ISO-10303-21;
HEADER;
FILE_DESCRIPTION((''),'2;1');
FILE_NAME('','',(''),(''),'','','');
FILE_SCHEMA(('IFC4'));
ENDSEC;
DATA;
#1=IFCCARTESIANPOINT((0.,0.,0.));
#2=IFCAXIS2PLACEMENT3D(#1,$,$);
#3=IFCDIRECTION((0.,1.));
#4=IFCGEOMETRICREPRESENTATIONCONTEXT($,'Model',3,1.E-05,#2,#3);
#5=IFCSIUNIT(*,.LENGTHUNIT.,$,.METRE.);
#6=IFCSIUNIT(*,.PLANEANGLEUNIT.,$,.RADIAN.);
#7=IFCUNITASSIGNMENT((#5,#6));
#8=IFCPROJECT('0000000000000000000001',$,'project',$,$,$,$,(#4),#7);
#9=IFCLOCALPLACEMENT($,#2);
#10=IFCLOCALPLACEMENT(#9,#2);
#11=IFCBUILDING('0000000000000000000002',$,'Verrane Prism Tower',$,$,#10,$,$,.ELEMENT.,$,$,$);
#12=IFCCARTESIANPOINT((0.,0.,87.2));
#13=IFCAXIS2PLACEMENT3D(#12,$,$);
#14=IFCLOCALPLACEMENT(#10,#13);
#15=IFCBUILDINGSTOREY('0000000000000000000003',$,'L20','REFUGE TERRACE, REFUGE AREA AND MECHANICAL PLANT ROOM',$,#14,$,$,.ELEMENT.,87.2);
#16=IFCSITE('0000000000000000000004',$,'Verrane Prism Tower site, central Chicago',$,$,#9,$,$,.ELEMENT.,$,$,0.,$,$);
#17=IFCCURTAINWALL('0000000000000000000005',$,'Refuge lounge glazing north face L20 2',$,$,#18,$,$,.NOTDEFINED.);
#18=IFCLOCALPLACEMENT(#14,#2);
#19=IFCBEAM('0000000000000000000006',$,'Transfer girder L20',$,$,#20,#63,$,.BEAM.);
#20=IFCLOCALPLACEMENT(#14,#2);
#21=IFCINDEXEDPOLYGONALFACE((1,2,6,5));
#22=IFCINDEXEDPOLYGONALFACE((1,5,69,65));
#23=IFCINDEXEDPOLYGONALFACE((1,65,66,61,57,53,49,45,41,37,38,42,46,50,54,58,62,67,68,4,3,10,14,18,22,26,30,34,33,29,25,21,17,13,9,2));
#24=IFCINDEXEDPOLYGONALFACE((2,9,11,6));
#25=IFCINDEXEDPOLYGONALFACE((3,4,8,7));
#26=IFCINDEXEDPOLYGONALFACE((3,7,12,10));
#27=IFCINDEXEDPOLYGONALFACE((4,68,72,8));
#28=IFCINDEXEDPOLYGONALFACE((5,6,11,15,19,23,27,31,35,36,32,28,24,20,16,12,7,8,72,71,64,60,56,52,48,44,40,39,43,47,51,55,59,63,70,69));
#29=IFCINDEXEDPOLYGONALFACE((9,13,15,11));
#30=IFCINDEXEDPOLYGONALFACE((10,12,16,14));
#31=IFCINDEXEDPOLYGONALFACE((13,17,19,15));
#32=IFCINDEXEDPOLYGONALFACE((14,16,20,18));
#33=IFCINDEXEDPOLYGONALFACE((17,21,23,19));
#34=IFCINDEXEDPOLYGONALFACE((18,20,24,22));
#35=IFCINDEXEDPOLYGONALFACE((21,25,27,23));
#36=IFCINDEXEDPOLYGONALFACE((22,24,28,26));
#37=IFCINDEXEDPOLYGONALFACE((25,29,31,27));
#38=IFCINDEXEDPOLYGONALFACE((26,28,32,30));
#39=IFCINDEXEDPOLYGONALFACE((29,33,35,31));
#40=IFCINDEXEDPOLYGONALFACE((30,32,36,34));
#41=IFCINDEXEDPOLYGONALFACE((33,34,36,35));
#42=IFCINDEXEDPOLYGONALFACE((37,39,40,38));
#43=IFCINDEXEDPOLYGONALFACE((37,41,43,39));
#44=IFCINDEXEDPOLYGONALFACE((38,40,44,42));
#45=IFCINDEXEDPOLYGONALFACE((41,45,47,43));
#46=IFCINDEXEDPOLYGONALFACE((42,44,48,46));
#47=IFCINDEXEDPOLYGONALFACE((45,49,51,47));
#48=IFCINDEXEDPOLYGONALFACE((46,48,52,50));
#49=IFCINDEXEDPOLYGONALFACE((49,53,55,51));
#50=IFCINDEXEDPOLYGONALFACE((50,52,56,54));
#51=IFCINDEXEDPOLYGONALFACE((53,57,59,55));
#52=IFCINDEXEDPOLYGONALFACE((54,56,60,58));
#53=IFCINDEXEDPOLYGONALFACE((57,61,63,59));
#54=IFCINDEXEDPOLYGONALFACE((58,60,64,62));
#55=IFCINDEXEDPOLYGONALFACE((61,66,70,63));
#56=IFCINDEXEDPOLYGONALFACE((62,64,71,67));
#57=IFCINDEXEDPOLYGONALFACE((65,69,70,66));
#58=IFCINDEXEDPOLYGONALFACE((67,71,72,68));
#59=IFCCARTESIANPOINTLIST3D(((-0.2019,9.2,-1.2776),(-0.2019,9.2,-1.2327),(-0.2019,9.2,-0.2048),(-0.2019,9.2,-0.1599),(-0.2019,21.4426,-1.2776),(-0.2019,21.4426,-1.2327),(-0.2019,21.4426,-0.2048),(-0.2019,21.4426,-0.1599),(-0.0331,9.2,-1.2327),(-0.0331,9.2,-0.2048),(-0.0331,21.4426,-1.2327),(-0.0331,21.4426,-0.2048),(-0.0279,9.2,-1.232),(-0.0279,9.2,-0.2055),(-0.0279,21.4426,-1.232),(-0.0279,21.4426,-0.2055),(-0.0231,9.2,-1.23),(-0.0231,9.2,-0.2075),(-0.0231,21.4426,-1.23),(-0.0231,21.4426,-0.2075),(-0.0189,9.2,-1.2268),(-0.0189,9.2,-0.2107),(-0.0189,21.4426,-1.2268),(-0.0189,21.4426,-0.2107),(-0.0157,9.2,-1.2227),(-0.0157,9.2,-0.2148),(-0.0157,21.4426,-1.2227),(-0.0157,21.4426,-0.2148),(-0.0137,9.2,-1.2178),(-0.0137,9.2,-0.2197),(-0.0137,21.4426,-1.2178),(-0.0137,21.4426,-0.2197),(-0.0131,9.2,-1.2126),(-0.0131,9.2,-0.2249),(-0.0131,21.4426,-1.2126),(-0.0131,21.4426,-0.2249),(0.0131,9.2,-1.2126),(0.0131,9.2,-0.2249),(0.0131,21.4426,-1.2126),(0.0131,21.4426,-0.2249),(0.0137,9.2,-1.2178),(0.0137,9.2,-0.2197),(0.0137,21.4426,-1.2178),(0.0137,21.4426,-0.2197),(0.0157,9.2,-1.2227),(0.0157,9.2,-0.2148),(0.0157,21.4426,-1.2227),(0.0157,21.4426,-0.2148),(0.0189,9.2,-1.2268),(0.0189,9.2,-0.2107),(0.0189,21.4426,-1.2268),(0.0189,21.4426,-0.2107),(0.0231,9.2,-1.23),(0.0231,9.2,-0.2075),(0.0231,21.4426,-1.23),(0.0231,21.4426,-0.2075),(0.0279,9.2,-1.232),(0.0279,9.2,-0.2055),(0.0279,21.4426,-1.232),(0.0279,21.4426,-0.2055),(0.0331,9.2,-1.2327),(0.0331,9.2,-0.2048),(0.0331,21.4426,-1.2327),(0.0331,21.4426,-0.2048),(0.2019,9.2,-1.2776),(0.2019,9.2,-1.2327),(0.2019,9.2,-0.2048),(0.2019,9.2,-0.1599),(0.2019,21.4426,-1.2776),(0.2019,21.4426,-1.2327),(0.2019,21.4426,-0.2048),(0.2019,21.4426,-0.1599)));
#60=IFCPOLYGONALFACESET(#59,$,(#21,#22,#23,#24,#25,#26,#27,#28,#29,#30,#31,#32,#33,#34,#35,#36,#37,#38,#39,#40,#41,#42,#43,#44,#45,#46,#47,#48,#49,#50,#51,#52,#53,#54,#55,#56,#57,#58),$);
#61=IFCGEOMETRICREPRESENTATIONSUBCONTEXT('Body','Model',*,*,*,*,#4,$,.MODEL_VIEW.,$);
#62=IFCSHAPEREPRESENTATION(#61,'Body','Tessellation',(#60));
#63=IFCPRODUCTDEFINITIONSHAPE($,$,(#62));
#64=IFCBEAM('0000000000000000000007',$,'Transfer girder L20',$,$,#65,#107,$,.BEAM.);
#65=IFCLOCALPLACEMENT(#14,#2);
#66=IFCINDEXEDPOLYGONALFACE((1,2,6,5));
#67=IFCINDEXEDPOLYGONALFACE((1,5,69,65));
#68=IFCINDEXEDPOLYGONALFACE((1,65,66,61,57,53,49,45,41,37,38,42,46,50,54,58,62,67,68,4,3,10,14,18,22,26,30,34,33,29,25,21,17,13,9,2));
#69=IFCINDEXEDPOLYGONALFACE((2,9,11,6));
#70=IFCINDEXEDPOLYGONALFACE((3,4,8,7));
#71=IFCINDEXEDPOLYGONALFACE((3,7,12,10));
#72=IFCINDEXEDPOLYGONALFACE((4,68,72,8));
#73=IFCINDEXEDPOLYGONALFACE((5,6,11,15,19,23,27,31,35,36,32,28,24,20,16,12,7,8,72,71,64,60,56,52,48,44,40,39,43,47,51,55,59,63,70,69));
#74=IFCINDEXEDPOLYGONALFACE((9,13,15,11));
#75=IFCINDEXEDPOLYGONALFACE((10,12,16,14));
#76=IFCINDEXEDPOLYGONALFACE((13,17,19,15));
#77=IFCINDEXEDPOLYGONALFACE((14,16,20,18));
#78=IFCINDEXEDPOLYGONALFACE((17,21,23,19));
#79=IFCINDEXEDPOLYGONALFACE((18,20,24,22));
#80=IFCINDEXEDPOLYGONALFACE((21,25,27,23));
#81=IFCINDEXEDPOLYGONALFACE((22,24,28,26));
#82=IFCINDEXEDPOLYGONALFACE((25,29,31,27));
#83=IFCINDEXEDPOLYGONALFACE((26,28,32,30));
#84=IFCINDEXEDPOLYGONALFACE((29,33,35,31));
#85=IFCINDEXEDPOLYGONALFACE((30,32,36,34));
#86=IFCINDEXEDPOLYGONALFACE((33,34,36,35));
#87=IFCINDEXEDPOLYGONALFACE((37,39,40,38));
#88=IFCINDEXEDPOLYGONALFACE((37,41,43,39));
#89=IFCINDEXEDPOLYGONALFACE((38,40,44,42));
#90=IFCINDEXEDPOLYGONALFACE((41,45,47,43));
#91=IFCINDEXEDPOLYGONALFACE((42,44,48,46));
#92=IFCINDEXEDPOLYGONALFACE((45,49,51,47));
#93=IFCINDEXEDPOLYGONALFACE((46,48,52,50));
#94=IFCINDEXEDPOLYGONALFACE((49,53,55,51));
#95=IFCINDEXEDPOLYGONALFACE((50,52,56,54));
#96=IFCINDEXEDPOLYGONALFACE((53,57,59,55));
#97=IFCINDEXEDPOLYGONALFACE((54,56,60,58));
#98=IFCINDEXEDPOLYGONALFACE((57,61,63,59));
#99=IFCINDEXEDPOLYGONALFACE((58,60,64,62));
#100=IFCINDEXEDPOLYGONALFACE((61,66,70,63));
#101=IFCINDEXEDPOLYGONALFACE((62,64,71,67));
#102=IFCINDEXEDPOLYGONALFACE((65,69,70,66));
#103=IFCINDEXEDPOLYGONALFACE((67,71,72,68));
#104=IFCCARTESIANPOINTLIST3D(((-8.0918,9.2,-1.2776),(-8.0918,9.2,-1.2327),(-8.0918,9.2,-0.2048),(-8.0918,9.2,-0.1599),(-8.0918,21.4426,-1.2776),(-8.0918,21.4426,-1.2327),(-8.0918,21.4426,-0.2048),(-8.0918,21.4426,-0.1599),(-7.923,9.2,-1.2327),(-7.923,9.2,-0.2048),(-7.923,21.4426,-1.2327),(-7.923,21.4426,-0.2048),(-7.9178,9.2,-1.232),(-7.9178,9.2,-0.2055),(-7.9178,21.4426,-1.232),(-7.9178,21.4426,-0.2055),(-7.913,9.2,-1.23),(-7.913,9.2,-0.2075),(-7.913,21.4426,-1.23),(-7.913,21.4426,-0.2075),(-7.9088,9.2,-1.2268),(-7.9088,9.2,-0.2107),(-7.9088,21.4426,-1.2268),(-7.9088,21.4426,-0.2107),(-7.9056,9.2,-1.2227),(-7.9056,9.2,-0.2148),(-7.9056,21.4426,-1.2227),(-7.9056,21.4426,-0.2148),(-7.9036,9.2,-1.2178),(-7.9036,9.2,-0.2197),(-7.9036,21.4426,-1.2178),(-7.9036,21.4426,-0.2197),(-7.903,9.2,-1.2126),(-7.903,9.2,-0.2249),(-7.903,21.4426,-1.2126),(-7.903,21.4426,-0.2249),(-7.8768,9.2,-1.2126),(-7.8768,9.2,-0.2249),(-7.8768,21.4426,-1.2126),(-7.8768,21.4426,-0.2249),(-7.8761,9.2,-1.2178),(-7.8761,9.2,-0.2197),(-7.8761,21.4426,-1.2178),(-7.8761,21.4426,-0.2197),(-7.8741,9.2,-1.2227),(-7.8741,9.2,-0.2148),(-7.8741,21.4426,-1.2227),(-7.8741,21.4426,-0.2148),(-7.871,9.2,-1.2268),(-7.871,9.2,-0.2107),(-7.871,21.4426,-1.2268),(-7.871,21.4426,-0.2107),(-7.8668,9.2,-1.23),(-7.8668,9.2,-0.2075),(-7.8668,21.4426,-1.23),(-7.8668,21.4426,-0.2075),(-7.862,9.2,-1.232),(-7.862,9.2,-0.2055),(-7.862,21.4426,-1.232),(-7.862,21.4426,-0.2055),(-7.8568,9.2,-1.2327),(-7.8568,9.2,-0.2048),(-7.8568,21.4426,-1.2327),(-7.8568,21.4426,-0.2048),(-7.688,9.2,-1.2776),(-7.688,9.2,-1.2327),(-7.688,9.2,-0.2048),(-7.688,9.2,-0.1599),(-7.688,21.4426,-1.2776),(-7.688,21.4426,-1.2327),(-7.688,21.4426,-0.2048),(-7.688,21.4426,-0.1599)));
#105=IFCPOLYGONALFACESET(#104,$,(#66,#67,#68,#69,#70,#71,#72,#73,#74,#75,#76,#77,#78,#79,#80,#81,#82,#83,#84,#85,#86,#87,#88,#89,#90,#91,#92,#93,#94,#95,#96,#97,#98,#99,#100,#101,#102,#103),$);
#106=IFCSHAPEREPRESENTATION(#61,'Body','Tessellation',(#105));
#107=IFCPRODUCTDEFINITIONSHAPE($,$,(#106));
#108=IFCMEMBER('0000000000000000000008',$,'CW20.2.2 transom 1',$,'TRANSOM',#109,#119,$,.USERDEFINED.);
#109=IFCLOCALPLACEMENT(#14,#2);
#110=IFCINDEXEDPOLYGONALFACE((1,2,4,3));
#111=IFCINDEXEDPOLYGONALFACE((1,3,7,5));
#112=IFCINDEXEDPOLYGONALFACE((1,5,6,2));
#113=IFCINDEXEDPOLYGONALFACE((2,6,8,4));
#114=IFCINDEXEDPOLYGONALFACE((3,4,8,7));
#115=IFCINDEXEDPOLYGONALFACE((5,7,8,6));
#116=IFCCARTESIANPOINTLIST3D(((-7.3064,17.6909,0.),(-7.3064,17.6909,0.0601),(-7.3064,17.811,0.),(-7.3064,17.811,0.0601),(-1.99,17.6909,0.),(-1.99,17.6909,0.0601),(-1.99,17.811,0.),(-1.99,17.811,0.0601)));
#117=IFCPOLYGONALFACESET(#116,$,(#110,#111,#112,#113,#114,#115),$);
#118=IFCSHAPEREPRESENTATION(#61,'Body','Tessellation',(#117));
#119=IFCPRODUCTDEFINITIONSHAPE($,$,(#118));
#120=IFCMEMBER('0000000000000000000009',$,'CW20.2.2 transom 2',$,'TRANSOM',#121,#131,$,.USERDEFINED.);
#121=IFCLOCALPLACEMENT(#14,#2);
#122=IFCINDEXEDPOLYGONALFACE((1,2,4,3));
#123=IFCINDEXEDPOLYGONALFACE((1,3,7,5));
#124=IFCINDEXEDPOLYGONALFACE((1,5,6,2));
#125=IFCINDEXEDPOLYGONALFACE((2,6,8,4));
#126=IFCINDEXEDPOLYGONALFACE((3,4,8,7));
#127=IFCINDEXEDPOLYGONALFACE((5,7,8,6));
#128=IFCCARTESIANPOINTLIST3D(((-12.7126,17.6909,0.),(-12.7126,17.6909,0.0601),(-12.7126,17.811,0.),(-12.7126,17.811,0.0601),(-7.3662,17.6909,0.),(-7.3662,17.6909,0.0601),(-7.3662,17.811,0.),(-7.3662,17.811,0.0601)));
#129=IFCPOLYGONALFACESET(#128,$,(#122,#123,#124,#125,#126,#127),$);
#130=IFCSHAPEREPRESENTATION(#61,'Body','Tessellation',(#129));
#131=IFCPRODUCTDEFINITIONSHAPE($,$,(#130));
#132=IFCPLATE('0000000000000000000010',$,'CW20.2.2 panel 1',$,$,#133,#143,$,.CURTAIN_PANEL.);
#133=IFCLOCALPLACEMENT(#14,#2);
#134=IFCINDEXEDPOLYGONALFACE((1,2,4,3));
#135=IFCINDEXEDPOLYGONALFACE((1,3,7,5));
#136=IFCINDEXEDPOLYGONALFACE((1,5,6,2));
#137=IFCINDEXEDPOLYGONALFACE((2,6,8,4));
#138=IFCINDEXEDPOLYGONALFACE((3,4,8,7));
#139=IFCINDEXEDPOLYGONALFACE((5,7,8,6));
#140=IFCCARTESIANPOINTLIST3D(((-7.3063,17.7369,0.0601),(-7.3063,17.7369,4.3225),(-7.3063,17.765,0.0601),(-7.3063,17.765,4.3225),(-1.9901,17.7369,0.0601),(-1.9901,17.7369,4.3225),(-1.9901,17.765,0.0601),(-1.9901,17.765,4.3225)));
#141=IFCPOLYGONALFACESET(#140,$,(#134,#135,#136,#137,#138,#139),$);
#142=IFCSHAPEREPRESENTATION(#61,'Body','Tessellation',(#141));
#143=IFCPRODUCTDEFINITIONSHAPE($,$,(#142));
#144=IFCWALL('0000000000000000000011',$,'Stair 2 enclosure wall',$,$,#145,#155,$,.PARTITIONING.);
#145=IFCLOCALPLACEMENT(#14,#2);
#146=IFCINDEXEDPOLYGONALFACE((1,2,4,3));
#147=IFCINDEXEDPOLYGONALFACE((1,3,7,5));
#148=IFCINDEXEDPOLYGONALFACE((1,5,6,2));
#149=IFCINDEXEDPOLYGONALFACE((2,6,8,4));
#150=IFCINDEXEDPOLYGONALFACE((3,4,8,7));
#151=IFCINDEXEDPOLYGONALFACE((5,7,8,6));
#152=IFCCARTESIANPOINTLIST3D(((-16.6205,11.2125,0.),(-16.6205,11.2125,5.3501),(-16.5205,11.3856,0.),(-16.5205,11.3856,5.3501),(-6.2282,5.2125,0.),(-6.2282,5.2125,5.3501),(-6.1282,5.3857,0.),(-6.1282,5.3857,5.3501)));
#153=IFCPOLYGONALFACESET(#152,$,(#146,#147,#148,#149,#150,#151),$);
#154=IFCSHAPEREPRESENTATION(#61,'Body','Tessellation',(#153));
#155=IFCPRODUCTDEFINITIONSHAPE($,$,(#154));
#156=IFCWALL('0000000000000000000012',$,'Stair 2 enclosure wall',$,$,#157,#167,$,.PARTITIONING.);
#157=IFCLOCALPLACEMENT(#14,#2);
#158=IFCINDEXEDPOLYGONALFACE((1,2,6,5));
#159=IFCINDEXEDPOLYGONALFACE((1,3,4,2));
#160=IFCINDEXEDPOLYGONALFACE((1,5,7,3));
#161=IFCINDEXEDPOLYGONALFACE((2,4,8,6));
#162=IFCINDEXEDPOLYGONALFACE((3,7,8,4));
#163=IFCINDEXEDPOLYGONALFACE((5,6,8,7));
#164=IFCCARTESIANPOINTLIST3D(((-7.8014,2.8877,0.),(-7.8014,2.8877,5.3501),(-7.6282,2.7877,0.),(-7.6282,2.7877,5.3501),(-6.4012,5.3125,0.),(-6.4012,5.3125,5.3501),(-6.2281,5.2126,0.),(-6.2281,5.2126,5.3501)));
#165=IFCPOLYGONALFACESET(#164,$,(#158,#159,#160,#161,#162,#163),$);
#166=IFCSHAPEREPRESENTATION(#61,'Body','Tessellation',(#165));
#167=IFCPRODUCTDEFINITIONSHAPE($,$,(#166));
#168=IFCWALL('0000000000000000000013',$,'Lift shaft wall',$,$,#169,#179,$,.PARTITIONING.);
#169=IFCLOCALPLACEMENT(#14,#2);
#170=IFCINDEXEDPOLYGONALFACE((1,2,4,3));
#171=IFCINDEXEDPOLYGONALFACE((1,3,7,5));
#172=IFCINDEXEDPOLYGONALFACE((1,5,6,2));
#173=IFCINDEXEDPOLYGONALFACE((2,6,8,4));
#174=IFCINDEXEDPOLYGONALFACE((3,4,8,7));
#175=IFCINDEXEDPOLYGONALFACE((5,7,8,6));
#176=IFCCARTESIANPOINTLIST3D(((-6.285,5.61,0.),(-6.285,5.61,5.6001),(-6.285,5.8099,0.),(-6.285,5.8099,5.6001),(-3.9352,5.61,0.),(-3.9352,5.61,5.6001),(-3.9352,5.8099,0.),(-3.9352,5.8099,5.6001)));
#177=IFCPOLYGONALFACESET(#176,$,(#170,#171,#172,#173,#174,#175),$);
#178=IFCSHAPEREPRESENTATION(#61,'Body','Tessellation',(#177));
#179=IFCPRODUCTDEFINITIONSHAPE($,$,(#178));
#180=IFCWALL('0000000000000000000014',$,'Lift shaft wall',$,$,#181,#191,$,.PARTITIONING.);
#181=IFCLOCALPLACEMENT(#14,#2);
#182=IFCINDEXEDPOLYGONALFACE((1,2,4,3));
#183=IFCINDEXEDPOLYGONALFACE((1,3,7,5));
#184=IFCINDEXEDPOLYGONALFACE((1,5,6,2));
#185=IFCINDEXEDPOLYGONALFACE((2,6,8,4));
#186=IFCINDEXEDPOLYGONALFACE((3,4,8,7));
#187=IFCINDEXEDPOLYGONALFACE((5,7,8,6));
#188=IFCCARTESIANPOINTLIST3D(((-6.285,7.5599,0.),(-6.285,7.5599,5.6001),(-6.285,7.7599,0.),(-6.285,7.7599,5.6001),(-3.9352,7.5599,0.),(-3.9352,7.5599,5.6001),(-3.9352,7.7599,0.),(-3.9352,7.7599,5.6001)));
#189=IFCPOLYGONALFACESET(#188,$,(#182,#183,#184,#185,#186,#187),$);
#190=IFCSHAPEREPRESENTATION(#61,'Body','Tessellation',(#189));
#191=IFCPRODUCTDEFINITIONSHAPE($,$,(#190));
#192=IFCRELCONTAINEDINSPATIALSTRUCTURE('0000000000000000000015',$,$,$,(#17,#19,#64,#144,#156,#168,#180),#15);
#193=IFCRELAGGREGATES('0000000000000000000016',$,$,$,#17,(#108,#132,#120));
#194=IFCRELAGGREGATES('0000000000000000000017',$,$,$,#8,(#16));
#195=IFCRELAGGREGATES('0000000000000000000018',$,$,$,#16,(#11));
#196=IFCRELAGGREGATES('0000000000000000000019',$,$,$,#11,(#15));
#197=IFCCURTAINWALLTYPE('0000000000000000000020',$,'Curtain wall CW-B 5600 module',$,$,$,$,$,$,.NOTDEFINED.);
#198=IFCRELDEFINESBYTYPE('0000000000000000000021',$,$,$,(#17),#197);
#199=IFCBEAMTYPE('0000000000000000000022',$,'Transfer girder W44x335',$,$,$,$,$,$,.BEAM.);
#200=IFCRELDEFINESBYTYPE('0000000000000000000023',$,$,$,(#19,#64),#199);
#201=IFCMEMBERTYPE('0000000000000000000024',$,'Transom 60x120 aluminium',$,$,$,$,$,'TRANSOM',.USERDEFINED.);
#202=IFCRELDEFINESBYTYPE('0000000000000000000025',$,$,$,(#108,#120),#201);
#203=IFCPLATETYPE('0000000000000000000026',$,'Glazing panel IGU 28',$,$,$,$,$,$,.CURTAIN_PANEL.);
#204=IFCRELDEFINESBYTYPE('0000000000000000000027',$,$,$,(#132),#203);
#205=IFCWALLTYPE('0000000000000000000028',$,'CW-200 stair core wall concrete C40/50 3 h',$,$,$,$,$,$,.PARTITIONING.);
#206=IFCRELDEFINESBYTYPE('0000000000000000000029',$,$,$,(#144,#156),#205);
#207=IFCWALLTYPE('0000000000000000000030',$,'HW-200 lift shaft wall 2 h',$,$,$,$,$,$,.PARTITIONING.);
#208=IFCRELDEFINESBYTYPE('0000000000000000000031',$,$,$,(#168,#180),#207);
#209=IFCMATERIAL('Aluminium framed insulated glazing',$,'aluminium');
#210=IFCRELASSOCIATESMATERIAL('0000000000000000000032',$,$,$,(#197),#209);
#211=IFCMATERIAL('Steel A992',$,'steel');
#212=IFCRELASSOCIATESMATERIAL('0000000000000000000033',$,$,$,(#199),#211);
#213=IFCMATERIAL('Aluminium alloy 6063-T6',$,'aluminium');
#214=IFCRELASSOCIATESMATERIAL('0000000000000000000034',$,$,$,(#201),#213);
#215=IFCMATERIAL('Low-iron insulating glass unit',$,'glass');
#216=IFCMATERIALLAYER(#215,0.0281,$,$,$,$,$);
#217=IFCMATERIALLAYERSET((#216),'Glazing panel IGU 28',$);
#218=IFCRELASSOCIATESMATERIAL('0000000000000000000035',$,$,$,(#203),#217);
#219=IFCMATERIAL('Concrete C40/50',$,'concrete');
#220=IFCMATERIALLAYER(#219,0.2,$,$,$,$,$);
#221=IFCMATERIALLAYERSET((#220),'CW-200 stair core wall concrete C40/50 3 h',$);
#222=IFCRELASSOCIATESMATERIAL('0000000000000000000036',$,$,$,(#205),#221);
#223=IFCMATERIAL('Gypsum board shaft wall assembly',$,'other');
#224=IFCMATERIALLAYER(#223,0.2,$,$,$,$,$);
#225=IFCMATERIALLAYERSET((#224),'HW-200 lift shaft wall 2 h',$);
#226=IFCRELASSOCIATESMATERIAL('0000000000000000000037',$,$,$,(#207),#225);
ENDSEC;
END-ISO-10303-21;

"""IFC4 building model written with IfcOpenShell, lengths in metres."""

from ifc_helpers import new_model, si_unit, direction, frame, frame_2d, origin, origin_2d, place, context, subcontext, project, spatial, rectangle, i_section, extrude, material, layer, layer_set, material_profile, profile_set, type_object, element, aggregate, save


model = new_model("IFC4")

# Units and contexts
model_context = context("Model", 3, precision=1e-05, world=origin(), true_north=direction((0.0, 1.0)))
body_context = subcontext(model_context, "Body", "Model", "MODEL_VIEW")
ifc_project = project(units=[si_unit("LENGTHUNIT", "METRE"), si_unit("PLANEANGLEUNIT", "RADIAN")], contexts=[model_context])

# Site, building, storey
site_placement = place(None, origin())
site = spatial("IfcSite", under=ifc_project, at=site_placement, Name="Verrane Prism Tower site, central Chicago", CompositionType="ELEMENT", RefElevation=0.0)
building_placement = place(site_placement, origin())
building = spatial("IfcBuilding", under=site, at=building_placement, Name="Verrane Prism Tower", CompositionType="ELEMENT")
storey_placement = place(building_placement, frame((0.0, 0.0, 87.2)))
storey = spatial("IfcBuildingStorey", under=building, at=storey_placement, Name="L20", Description="REFUGE TERRACE, REFUGE AREA AND MECHANICAL PLANT ROOM", CompositionType="ELEMENT", Elevation=87.2)

# Curtain wall
ifc_material_1 = material(Name="Aluminium framed insulated glazing", Category="aluminium")
curtain_wall_type = type_object("IfcCurtainWallType", Name="Curtain wall CW-B 5600 module", PredefinedType="NOTDEFINED", material=ifc_material_1)
curtain_wall_placement = place(storey_placement, origin())
curtain_wall = element("IfcCurtainWall", 1, at=curtain_wall_placement, inside=storey, type_object=curtain_wall_type, Name="Refuge lounge glazing north face L20 2", PredefinedType="NOTDEFINED")

# Beams
ifc_material_2 = material(Name="Steel A992", Category="steel")
ifc_material_profile_1 = material_profile(ifc_material_2, i_section(OverallWidth=0.4038, OverallDepth=1.1177, WebThickness=0.0261, FlangeThickness=0.0449, FilletRadius=0.02, at=origin_2d()), Name="W44x335")
ifc_profile_set_1 = profile_set([ifc_material_profile_1], Name="Steel A992")
beam_type_1 = type_object("IfcBeamType", Name="Transfer girder W44x335", PredefinedType="BEAM", material=ifc_profile_set_1)
for number, where, z_axis, x_axis, name in (
    (2, (0.0, 21.4426, -0.7188), (0.0, -1.0, 0.0), (1.0, 0.0, 0.0), "Transfer girder L20"),
    (3, (-7.8899, 21.4426, -0.7188), (0.0, -1.0, 0.0), (1.0, 0.0, 0.0), "Transfer girder L20"),
):
    element("IfcBeam", number, at=place(storey_placement, frame(where, z_axis=z_axis, x_axis=x_axis)), inside=storey, type_object=beam_type_1, Name=name, PredefinedType="BEAM", context=body_context, shape_type="SweptSolid", body=[
        extrude(i_section(OverallWidth=0.4038, OverallDepth=1.1177, WebThickness=0.0261, FlangeThickness=0.0449, FilletRadius=0.02, at=origin_2d()), origin(), (0.0, 0.0, 1.0), 12.2427),
    ])

# Members
ifc_material_3 = material(Name="Aluminium alloy 6063-T6", Category="aluminium")
ifc_material_profile_2 = material_profile(ifc_material_3, rectangle(XDim=0.1201, YDim=0.0601, at=origin_2d()), Name="Transom 60x120 aluminium")
ifc_profile_set_2 = profile_set([ifc_material_profile_2], Name="Aluminium alloy 6063-T6")
member_type_1 = type_object("IfcMemberType", Name="Transom 60x120 aluminium", ElementType="TRANSOM", PredefinedType="USERDEFINED", material=ifc_profile_set_2)
member_1_placement = place(storey_placement, frame((-1.99, 17.751, 0.03), z_axis=(-1.0, 0.0, 0.0), x_axis=(0.0, -1.0, 0.0)))
member_1 = element("IfcMember", 4, at=member_1_placement, type_object=member_type_1, Name="CW20.2.2 transom 1", ObjectType="TRANSOM", PredefinedType="USERDEFINED", context=body_context, shape_type="SweptSolid", body=[
    extrude(rectangle(XDim=0.1201, YDim=0.0601, at=origin_2d()), origin(), (0.0, 0.0, 1.0), 5.3164),
])
member_2_placement = place(storey_placement, frame((-7.3662, 17.751, 0.03), z_axis=(-1.0, 0.0, 0.0), x_axis=(0.0, -1.0, 0.0)))
member_2 = element("IfcMember", 5, at=member_2_placement, type_object=member_type_1, Name="CW20.2.2 transom 2", ObjectType="TRANSOM", PredefinedType="USERDEFINED", context=body_context, shape_type="SweptSolid", body=[
    extrude(rectangle(XDim=0.1201, YDim=0.0601, at=origin_2d()), origin(), (0.0, 0.0, 1.0), 5.3464),
])

# Plate
ifc_material_4 = material(Name="Low-iron insulating glass unit", Category="glass")
ifc_layer_1 = layer(ifc_material_4, 0.0281)
ifc_layer_set_1 = layer_set([ifc_layer_1], Name="Glazing panel IGU 28")
plate_type = type_object("IfcPlateType", Name="Glazing panel IGU 28", PredefinedType="CURTAIN_PANEL", material=ifc_layer_set_1)
plate_placement = place(storey_placement, frame((-4.6482, 17.751, 0.0601), z_axis=(0.0, 0.0, 1.0), x_axis=(-1.0, 0.0, 0.0)))
plate = element("IfcPlate", 6, at=plate_placement, type_object=plate_type, Name="CW20.2.2 panel 1", PredefinedType="CURTAIN_PANEL", context=body_context, shape_type="SweptSolid", body=[
    extrude(rectangle(XDim=5.3162, YDim=0.0281, at=origin_2d()), origin(), (0.0, 0.0, 1.0), 4.2625),
])
aggregate(curtain_wall, [member_1, plate, member_2])

# Walls
ifc_material_5 = material(Name="Concrete C40/50", Category="concrete")
ifc_layer_2 = layer(ifc_material_5, 0.2)
ifc_layer_set_2 = layer_set([ifc_layer_2], Name="CW-200 stair core wall concrete C40/50 3 h")
wall_type_1 = type_object("IfcWallType", Name="CW-200 stair core wall concrete C40/50 3 h", PredefinedType="PARTITIONING", material=ifc_layer_set_2)
wall_1_placement = place(storey_placement, frame((-6.1782, 5.2991, 0.0), z_axis=(0.0, 0.0, 1.0), x_axis=(-0.866026, 0.499999, 0.0)))
element("IfcWall", 7, at=wall_1_placement, inside=storey, type_object=wall_type_1, Name="Stair 2 enclosure wall", PredefinedType="PARTITIONING", context=body_context, shape_type="SweptSolid", body=[
    extrude(rectangle(XDim=12.0, YDim=0.2, at=frame_2d((6.0, 0.0))), origin(), (0.0, 0.0, 1.0), 5.3501),
])
wall_2_placement = place(storey_placement, frame((-6.3147, 5.2625, 0.0), z_axis=(0.0, 0.0, 1.0), x_axis=(-0.50005, -0.865997, 0.0)))
element("IfcWall", 8, at=wall_2_placement, inside=storey, type_object=wall_type_1, Name="Stair 2 enclosure wall", PredefinedType="PARTITIONING", context=body_context, shape_type="SweptSolid", body=[
    extrude(rectangle(XDim=2.8, YDim=0.2, at=frame_2d((1.3999, 0.0))), origin(), (0.0, 0.0, 1.0), 5.3501),
])
ifc_material_6 = material(Name="Gypsum board shaft wall assembly", Category="other")
ifc_layer_3 = layer(ifc_material_6, 0.2)
ifc_layer_set_3 = layer_set([ifc_layer_3], Name="HW-200 lift shaft wall 2 h")
wall_type_2 = type_object("IfcWallType", Name="HW-200 lift shaft wall 2 h", PredefinedType="PARTITIONING", material=ifc_layer_set_3)
for number, where, z_axis, x_axis, name in (
    (9, (-6.2849, 5.71, 0.0), (0.0, 0.0, 1.0), (1.0, 0.0, 0.0), "Lift shaft wall"),
    (10, (-6.2849, 7.6599, 0.0), (0.0, 0.0, 1.0), (1.0, 0.0, 0.0), "Lift shaft wall"),
):
    element("IfcWall", number, at=place(storey_placement, frame(where, z_axis=z_axis, x_axis=x_axis)), inside=storey, type_object=wall_type_2, Name=name, PredefinedType="PARTITIONING", context=body_context, shape_type="SweptSolid", body=[
        extrude(rectangle(XDim=2.3499, YDim=0.2, at=frame_2d((1.1748, 0.0))), origin(), (0.0, 0.0, 1.0), 5.6001),
    ])

save(model, "model.ifc")
